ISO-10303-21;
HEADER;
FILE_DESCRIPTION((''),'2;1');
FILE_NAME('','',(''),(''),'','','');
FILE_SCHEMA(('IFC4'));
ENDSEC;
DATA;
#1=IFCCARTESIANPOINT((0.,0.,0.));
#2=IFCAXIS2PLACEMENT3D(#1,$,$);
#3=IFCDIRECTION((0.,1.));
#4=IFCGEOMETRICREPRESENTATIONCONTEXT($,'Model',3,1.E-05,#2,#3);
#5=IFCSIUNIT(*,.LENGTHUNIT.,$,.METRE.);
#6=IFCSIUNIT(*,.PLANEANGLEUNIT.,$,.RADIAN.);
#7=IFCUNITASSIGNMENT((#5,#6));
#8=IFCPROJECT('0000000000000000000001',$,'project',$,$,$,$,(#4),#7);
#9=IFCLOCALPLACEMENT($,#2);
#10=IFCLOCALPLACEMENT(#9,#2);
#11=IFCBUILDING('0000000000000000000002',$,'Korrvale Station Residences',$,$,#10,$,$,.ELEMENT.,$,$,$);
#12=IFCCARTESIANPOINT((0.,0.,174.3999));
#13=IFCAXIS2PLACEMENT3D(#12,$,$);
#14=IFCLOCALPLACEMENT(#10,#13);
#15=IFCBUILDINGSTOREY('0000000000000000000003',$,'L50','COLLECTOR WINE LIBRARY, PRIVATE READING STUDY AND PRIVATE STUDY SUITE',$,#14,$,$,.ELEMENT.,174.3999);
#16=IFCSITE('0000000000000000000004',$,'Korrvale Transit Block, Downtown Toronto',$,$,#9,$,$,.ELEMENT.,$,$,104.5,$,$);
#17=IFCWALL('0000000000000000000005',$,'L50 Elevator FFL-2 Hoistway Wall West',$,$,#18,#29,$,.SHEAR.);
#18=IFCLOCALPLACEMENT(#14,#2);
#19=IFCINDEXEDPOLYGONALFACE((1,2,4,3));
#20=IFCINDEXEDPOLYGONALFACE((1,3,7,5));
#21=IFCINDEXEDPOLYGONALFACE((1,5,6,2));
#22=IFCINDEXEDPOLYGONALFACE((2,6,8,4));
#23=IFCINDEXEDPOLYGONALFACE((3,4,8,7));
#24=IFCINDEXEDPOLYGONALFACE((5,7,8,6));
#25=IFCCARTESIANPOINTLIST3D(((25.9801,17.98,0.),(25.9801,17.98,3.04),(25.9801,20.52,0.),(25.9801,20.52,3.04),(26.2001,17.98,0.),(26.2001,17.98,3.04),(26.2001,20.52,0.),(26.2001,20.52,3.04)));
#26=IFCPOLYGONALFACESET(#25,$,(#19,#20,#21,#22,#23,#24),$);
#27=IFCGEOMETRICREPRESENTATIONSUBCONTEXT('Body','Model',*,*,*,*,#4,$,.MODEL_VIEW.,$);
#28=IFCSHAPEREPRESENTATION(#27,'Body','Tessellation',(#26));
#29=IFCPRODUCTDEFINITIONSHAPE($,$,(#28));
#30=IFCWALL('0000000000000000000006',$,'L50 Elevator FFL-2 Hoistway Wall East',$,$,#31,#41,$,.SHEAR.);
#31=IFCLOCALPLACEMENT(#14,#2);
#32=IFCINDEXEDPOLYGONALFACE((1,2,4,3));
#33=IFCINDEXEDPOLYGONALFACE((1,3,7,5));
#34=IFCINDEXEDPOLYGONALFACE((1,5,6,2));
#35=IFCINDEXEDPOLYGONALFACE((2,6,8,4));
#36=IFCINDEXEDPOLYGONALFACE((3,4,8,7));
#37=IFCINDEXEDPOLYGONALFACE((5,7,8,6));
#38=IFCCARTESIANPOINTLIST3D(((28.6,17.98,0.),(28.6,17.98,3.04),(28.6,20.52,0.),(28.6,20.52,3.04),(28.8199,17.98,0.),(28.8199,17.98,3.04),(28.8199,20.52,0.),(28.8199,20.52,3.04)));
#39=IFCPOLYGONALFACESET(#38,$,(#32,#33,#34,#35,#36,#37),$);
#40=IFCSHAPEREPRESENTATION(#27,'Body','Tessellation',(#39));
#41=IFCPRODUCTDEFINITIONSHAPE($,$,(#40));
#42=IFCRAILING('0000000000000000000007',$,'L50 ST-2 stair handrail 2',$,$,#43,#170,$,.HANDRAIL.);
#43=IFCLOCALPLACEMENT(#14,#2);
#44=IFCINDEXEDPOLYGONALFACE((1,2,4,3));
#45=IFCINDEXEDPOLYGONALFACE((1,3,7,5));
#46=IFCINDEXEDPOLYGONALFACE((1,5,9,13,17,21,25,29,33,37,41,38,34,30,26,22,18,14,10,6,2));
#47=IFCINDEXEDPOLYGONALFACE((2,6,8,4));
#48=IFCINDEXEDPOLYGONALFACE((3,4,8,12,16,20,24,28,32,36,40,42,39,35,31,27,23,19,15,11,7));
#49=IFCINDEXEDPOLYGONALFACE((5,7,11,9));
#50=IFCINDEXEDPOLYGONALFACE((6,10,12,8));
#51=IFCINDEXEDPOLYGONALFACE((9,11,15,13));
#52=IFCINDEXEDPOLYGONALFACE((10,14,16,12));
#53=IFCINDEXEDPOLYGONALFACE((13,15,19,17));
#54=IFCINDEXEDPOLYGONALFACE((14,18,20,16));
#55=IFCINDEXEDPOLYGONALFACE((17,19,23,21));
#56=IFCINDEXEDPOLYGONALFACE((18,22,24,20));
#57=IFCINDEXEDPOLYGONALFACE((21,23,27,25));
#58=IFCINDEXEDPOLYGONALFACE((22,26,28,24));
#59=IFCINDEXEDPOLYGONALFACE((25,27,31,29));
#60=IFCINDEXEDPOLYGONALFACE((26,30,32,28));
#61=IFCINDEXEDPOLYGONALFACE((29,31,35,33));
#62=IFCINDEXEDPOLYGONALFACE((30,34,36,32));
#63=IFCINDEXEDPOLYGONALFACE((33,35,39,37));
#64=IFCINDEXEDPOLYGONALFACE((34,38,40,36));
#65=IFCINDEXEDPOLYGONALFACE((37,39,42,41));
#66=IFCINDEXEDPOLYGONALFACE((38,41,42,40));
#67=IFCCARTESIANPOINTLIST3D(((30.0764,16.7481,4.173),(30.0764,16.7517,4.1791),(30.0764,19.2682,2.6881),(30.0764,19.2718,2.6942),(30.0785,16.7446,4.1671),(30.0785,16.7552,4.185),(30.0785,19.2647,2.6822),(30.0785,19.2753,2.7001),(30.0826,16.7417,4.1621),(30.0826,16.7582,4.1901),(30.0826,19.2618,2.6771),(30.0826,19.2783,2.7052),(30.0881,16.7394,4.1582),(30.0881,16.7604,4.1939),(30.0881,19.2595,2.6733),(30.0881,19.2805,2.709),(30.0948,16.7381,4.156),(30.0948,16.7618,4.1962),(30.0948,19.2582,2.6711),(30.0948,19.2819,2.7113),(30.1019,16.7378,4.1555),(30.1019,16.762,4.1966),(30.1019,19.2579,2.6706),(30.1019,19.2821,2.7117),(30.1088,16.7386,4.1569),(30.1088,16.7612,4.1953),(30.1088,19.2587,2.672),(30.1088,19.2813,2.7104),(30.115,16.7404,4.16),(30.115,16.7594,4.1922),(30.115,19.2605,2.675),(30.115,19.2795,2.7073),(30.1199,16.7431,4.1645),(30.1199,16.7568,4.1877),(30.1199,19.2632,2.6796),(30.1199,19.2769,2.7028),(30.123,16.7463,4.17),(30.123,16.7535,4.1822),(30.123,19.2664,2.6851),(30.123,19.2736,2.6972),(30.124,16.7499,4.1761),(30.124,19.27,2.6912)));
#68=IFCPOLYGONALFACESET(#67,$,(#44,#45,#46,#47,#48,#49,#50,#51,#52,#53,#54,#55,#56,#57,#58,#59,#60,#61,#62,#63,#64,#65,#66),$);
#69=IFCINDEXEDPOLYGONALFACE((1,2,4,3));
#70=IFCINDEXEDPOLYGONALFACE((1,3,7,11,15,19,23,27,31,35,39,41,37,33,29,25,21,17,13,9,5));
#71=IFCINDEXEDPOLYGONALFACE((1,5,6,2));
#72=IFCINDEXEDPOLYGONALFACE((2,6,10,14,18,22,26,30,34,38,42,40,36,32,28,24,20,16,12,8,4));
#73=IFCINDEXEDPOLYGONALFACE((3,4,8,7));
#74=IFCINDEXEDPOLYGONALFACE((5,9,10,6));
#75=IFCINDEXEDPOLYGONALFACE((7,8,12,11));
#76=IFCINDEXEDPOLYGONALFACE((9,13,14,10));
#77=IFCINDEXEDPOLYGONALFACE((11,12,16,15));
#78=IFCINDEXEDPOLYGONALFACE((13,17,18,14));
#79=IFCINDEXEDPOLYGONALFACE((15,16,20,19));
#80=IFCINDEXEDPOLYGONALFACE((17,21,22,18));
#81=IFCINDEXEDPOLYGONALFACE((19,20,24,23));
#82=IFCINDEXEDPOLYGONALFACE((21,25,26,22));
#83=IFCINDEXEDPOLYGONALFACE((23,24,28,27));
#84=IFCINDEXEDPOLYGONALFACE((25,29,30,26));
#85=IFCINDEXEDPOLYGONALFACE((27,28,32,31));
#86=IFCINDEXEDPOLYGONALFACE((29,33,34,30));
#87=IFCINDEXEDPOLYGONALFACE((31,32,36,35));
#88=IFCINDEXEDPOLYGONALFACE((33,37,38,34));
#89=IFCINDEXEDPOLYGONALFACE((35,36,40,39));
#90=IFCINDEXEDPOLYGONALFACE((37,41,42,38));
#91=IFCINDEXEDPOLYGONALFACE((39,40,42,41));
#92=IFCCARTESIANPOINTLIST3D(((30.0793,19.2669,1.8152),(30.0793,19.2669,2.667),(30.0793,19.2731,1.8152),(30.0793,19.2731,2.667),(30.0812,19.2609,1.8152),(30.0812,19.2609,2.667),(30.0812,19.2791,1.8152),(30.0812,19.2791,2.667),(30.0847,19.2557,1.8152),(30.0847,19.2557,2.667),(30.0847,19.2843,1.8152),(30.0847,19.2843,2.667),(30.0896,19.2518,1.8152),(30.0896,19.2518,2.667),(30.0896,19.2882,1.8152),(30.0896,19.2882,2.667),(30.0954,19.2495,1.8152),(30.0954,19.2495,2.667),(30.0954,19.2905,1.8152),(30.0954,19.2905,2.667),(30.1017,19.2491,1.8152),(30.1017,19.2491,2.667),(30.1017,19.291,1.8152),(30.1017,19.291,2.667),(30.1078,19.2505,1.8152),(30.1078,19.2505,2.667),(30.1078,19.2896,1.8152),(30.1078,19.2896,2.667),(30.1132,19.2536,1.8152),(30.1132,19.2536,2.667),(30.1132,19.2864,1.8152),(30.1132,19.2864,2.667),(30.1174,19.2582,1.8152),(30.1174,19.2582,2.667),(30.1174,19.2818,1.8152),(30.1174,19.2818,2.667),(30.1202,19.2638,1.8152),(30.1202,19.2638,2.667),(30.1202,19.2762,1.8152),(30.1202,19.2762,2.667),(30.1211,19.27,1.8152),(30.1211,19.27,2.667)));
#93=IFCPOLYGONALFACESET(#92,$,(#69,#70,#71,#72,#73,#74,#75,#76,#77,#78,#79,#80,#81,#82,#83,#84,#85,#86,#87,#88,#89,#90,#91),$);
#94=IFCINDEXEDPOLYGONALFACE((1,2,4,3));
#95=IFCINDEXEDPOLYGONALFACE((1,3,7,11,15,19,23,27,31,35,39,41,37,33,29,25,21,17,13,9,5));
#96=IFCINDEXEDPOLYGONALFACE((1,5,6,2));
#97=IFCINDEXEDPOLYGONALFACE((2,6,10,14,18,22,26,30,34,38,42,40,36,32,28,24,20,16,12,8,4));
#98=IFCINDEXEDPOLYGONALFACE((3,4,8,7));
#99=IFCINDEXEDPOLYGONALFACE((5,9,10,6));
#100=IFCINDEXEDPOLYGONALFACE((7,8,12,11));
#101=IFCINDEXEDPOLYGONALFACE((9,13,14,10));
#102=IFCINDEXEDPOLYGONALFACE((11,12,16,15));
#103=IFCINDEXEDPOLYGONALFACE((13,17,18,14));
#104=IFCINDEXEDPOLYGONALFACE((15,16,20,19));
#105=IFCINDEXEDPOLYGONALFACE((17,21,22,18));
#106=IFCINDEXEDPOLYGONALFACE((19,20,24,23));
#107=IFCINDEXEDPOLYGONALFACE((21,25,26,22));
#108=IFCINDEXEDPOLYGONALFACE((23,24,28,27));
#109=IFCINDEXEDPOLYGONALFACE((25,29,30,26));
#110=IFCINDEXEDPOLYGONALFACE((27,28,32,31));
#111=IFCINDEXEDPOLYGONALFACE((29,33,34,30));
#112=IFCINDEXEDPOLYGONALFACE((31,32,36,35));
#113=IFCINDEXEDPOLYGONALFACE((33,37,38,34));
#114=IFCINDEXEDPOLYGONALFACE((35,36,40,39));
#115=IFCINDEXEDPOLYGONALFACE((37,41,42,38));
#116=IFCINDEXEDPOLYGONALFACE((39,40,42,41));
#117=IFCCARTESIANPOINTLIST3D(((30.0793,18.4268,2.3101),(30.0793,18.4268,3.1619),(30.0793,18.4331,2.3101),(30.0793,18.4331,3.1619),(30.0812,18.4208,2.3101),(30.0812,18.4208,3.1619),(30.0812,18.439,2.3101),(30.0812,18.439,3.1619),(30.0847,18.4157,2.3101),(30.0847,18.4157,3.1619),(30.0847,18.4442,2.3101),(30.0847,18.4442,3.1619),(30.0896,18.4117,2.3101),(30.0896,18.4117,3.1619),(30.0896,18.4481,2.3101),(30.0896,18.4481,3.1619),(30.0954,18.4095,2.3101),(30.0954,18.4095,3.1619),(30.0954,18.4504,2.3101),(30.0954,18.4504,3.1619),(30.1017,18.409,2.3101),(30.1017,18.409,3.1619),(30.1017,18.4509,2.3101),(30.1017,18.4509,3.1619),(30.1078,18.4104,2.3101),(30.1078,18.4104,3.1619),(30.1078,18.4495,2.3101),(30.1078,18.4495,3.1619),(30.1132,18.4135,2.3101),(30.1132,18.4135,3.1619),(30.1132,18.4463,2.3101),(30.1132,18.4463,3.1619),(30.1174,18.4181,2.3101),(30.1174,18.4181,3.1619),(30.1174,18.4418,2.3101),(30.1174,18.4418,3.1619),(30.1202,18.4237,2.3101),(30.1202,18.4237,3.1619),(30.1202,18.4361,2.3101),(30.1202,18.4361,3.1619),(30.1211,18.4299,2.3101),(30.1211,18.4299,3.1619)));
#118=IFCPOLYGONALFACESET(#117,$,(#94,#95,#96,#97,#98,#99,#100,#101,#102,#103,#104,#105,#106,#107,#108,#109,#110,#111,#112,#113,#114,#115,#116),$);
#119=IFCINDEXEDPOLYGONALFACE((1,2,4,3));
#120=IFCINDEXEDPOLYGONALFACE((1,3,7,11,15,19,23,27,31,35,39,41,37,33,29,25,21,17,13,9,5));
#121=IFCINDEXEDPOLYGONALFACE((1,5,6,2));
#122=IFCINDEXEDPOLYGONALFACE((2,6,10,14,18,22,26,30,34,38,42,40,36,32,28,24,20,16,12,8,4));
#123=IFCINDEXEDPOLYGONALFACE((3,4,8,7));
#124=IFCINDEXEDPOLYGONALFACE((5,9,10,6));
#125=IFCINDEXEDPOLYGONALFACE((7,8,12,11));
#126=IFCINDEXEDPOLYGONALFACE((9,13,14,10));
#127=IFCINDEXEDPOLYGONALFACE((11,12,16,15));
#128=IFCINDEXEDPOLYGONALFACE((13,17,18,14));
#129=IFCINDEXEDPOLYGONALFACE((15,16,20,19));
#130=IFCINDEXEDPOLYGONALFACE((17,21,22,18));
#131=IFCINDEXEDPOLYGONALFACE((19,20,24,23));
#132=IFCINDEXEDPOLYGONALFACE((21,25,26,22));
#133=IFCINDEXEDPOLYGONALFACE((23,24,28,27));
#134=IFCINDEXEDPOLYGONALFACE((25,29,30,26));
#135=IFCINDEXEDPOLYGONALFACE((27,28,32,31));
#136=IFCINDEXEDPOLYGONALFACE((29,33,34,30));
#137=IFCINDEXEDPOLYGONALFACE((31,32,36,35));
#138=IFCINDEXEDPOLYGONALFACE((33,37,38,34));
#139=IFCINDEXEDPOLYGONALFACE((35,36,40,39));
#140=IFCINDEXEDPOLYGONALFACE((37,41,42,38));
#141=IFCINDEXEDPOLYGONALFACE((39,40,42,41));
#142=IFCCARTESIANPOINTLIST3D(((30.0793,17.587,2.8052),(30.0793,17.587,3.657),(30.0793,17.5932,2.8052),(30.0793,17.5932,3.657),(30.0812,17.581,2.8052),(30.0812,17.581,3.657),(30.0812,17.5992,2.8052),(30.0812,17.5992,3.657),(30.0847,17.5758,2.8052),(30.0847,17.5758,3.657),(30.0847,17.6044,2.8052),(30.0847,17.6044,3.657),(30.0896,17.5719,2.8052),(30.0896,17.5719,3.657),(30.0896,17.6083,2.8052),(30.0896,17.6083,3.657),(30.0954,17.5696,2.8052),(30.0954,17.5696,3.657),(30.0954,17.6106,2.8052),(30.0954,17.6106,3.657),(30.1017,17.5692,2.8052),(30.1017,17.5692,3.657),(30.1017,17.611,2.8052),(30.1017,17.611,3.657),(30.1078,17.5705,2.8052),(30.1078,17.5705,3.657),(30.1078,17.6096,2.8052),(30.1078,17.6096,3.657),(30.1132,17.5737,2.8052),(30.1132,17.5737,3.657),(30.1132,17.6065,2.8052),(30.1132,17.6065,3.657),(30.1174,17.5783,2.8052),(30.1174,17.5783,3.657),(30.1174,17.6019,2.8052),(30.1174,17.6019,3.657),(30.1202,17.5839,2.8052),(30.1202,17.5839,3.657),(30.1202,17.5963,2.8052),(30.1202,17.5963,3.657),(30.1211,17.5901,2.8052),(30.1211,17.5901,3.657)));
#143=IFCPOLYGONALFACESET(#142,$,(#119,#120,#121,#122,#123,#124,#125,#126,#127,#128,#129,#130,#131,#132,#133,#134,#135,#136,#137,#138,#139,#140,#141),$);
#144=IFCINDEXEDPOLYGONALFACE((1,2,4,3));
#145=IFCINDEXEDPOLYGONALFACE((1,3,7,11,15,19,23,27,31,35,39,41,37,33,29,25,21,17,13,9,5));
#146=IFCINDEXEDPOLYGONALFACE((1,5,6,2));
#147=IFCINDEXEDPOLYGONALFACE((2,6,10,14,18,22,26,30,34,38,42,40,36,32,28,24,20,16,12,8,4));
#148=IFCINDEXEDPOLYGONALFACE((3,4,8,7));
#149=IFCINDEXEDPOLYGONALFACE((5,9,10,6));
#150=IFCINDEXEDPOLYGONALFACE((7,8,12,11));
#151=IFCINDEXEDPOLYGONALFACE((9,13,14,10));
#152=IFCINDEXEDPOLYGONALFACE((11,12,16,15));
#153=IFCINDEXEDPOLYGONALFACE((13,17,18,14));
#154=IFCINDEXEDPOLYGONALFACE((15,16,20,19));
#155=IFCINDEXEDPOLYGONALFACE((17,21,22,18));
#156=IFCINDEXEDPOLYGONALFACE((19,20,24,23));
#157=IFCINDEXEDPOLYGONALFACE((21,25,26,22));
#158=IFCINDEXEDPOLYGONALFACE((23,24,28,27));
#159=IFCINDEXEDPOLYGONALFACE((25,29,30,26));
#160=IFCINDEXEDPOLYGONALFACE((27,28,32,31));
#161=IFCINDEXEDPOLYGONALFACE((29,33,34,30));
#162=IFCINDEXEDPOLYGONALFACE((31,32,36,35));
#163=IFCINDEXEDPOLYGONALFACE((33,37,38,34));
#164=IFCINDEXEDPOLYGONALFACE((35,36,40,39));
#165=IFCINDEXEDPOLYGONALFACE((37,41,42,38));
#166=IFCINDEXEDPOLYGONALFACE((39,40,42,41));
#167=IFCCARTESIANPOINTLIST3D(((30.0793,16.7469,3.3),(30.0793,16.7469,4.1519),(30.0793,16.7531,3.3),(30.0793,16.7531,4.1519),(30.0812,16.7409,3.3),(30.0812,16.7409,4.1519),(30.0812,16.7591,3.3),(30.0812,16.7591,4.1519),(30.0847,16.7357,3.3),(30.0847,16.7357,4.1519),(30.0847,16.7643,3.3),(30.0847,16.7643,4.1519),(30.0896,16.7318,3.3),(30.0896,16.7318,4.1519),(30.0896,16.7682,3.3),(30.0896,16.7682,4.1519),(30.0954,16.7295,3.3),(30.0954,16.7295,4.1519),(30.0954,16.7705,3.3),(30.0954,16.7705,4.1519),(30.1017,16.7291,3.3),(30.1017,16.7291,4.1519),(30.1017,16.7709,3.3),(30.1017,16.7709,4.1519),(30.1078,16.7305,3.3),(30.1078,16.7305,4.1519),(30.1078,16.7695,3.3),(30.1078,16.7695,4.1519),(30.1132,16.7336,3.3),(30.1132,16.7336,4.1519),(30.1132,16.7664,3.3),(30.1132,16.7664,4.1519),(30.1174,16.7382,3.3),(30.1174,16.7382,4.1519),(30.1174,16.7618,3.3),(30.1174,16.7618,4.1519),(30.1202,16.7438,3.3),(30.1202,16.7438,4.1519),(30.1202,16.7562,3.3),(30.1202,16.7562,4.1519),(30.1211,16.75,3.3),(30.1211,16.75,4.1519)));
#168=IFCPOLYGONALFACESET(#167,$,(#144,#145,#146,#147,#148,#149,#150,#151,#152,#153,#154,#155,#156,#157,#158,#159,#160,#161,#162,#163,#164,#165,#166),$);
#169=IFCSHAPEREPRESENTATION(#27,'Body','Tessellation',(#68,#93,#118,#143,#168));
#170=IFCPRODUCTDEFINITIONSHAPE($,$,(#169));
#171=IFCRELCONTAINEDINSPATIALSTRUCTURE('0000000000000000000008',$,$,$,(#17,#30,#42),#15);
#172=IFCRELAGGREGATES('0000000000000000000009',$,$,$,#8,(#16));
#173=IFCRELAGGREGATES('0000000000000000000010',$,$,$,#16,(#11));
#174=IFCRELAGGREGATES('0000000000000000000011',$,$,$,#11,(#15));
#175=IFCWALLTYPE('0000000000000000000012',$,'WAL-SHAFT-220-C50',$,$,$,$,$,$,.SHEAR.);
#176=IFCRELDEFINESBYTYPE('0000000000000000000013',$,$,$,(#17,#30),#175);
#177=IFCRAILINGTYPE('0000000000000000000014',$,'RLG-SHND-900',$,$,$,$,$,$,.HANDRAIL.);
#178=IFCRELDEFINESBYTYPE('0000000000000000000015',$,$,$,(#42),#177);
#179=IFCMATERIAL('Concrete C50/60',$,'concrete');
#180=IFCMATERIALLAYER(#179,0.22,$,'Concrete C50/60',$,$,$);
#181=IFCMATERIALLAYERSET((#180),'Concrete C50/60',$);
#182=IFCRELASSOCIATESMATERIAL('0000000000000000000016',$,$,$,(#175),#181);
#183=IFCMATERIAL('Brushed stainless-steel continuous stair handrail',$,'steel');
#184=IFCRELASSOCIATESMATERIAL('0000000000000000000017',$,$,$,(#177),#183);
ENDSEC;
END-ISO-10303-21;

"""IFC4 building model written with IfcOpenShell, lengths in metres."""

from ifc_helpers import new_model, si_unit, direction, frame, frame_2d, origin, origin_2d, place, context, subcontext, project, spatial, rectangle, circle, extrude, material, layer, layer_set, type_object, element, save


model = new_model("IFC4")

# Units and contexts
model_context = context("Model", 3, precision=1e-05, world=origin(), true_north=direction((0.0, 1.0)))
body_context = subcontext(model_context, "Body", "Model", "MODEL_VIEW")
ifc_project = project(units=[si_unit("LENGTHUNIT", "METRE"), si_unit("PLANEANGLEUNIT", "RADIAN")], contexts=[model_context])

# Site, building, storey
site_placement = place(None, origin())
site = spatial("IfcSite", under=ifc_project, at=site_placement, Name="Korrvale Transit Block, Downtown Toronto", CompositionType="ELEMENT", RefElevation=104.5)
building_placement = place(site_placement, origin())
building = spatial("IfcBuilding", under=site, at=building_placement, Name="Korrvale Station Residences", CompositionType="ELEMENT")
storey_placement = place(building_placement, frame((0.0, 0.0, 174.3999)))
storey = spatial("IfcBuildingStorey", under=building, at=storey_placement, Name="L50", Description="COLLECTOR WINE LIBRARY, PRIVATE READING STUDY AND PRIVATE STUDY SUITE", CompositionType="ELEMENT", Elevation=174.3999)

# Shared definitions
ifc_material_1 = material(Name="Concrete C50/60", Category="concrete")

# Shared definitions
ifc_layer_1 = layer(ifc_material_1, 0.22, Name="Concrete C50/60")
ifc_layer_set_1 = layer_set([ifc_layer_1], Name="Concrete C50/60")
wall_type_1 = type_object("IfcWallType", Name="WAL-SHAFT-220-C50", PredefinedType="SHEAR", material=ifc_layer_set_1)

# Walls
for number, where, z_axis, x_axis, name in (
    (1, (26.0901, 17.98, 0.0), (0.0, 0.0, 1.0), (0.0, 1.0, 0.0), "L50 Elevator FFL-2 Hoistway Wall West"),
    (2, (28.71, 17.98, 0.0), (0.0, 0.0, 1.0), (0.0, 1.0, 0.0), "L50 Elevator FFL-2 Hoistway Wall East"),
):
    element("IfcWall", number, at=place(storey_placement, frame(where, z_axis=z_axis, x_axis=x_axis)), inside=storey, type_object=wall_type_1, Name=name, PredefinedType="SHEAR", context=body_context, shape_type="SweptSolid", body=[
        extrude(rectangle(XDim=2.54, YDim=0.22, at=frame_2d((1.27, 0.0))), origin(), (0.0, 0.0, 1.0), 3.04),
    ])

# Railing
ifc_material_2 = material(Name="Brushed stainless-steel continuous stair handrail", Category="steel")
railing_type = type_object("IfcRailingType", Name="RLG-SHND-900", PredefinedType="HANDRAIL", material=ifc_material_2)
railing_placement = place(storey_placement, frame((30.1001, 19.27, 1.8152)))
element("IfcRailing", 3, at=railing_placement, inside=storey, type_object=railing_type, Name="L50 ST-2 stair handrail 2", PredefinedType="HANDRAIL", context=body_context, shape_type="SweptSolid", body=[
    extrude(circle(Radius=0.0239, at=origin_2d()), frame((0.0, 0.0, 0.876), z_axis=(0.0, -0.861561, 0.507655), x_axis=(1.0, 0.0, 0.0)), (0.0, 0.0, 1.0), 2.925),
    extrude(circle(Radius=0.021, at=origin_2d()), origin(), (0.0, 0.0, 1.0), 0.8518),
    extrude(circle(Radius=0.021, at=origin_2d()), frame((0.0, -0.8401, 0.4949)), (0.0, 0.0, 1.0), 0.8518),
    extrude(circle(Radius=0.021, at=origin_2d()), frame((0.0, -1.6799, 0.99)), (0.0, 0.0, 1.0), 0.8518),
    extrude(circle(Radius=0.021, at=origin_2d()), frame((0.0, -2.52, 1.4849)), (0.0, 0.0, 1.0), 0.8518),
])

save(model, "model.ifc")
